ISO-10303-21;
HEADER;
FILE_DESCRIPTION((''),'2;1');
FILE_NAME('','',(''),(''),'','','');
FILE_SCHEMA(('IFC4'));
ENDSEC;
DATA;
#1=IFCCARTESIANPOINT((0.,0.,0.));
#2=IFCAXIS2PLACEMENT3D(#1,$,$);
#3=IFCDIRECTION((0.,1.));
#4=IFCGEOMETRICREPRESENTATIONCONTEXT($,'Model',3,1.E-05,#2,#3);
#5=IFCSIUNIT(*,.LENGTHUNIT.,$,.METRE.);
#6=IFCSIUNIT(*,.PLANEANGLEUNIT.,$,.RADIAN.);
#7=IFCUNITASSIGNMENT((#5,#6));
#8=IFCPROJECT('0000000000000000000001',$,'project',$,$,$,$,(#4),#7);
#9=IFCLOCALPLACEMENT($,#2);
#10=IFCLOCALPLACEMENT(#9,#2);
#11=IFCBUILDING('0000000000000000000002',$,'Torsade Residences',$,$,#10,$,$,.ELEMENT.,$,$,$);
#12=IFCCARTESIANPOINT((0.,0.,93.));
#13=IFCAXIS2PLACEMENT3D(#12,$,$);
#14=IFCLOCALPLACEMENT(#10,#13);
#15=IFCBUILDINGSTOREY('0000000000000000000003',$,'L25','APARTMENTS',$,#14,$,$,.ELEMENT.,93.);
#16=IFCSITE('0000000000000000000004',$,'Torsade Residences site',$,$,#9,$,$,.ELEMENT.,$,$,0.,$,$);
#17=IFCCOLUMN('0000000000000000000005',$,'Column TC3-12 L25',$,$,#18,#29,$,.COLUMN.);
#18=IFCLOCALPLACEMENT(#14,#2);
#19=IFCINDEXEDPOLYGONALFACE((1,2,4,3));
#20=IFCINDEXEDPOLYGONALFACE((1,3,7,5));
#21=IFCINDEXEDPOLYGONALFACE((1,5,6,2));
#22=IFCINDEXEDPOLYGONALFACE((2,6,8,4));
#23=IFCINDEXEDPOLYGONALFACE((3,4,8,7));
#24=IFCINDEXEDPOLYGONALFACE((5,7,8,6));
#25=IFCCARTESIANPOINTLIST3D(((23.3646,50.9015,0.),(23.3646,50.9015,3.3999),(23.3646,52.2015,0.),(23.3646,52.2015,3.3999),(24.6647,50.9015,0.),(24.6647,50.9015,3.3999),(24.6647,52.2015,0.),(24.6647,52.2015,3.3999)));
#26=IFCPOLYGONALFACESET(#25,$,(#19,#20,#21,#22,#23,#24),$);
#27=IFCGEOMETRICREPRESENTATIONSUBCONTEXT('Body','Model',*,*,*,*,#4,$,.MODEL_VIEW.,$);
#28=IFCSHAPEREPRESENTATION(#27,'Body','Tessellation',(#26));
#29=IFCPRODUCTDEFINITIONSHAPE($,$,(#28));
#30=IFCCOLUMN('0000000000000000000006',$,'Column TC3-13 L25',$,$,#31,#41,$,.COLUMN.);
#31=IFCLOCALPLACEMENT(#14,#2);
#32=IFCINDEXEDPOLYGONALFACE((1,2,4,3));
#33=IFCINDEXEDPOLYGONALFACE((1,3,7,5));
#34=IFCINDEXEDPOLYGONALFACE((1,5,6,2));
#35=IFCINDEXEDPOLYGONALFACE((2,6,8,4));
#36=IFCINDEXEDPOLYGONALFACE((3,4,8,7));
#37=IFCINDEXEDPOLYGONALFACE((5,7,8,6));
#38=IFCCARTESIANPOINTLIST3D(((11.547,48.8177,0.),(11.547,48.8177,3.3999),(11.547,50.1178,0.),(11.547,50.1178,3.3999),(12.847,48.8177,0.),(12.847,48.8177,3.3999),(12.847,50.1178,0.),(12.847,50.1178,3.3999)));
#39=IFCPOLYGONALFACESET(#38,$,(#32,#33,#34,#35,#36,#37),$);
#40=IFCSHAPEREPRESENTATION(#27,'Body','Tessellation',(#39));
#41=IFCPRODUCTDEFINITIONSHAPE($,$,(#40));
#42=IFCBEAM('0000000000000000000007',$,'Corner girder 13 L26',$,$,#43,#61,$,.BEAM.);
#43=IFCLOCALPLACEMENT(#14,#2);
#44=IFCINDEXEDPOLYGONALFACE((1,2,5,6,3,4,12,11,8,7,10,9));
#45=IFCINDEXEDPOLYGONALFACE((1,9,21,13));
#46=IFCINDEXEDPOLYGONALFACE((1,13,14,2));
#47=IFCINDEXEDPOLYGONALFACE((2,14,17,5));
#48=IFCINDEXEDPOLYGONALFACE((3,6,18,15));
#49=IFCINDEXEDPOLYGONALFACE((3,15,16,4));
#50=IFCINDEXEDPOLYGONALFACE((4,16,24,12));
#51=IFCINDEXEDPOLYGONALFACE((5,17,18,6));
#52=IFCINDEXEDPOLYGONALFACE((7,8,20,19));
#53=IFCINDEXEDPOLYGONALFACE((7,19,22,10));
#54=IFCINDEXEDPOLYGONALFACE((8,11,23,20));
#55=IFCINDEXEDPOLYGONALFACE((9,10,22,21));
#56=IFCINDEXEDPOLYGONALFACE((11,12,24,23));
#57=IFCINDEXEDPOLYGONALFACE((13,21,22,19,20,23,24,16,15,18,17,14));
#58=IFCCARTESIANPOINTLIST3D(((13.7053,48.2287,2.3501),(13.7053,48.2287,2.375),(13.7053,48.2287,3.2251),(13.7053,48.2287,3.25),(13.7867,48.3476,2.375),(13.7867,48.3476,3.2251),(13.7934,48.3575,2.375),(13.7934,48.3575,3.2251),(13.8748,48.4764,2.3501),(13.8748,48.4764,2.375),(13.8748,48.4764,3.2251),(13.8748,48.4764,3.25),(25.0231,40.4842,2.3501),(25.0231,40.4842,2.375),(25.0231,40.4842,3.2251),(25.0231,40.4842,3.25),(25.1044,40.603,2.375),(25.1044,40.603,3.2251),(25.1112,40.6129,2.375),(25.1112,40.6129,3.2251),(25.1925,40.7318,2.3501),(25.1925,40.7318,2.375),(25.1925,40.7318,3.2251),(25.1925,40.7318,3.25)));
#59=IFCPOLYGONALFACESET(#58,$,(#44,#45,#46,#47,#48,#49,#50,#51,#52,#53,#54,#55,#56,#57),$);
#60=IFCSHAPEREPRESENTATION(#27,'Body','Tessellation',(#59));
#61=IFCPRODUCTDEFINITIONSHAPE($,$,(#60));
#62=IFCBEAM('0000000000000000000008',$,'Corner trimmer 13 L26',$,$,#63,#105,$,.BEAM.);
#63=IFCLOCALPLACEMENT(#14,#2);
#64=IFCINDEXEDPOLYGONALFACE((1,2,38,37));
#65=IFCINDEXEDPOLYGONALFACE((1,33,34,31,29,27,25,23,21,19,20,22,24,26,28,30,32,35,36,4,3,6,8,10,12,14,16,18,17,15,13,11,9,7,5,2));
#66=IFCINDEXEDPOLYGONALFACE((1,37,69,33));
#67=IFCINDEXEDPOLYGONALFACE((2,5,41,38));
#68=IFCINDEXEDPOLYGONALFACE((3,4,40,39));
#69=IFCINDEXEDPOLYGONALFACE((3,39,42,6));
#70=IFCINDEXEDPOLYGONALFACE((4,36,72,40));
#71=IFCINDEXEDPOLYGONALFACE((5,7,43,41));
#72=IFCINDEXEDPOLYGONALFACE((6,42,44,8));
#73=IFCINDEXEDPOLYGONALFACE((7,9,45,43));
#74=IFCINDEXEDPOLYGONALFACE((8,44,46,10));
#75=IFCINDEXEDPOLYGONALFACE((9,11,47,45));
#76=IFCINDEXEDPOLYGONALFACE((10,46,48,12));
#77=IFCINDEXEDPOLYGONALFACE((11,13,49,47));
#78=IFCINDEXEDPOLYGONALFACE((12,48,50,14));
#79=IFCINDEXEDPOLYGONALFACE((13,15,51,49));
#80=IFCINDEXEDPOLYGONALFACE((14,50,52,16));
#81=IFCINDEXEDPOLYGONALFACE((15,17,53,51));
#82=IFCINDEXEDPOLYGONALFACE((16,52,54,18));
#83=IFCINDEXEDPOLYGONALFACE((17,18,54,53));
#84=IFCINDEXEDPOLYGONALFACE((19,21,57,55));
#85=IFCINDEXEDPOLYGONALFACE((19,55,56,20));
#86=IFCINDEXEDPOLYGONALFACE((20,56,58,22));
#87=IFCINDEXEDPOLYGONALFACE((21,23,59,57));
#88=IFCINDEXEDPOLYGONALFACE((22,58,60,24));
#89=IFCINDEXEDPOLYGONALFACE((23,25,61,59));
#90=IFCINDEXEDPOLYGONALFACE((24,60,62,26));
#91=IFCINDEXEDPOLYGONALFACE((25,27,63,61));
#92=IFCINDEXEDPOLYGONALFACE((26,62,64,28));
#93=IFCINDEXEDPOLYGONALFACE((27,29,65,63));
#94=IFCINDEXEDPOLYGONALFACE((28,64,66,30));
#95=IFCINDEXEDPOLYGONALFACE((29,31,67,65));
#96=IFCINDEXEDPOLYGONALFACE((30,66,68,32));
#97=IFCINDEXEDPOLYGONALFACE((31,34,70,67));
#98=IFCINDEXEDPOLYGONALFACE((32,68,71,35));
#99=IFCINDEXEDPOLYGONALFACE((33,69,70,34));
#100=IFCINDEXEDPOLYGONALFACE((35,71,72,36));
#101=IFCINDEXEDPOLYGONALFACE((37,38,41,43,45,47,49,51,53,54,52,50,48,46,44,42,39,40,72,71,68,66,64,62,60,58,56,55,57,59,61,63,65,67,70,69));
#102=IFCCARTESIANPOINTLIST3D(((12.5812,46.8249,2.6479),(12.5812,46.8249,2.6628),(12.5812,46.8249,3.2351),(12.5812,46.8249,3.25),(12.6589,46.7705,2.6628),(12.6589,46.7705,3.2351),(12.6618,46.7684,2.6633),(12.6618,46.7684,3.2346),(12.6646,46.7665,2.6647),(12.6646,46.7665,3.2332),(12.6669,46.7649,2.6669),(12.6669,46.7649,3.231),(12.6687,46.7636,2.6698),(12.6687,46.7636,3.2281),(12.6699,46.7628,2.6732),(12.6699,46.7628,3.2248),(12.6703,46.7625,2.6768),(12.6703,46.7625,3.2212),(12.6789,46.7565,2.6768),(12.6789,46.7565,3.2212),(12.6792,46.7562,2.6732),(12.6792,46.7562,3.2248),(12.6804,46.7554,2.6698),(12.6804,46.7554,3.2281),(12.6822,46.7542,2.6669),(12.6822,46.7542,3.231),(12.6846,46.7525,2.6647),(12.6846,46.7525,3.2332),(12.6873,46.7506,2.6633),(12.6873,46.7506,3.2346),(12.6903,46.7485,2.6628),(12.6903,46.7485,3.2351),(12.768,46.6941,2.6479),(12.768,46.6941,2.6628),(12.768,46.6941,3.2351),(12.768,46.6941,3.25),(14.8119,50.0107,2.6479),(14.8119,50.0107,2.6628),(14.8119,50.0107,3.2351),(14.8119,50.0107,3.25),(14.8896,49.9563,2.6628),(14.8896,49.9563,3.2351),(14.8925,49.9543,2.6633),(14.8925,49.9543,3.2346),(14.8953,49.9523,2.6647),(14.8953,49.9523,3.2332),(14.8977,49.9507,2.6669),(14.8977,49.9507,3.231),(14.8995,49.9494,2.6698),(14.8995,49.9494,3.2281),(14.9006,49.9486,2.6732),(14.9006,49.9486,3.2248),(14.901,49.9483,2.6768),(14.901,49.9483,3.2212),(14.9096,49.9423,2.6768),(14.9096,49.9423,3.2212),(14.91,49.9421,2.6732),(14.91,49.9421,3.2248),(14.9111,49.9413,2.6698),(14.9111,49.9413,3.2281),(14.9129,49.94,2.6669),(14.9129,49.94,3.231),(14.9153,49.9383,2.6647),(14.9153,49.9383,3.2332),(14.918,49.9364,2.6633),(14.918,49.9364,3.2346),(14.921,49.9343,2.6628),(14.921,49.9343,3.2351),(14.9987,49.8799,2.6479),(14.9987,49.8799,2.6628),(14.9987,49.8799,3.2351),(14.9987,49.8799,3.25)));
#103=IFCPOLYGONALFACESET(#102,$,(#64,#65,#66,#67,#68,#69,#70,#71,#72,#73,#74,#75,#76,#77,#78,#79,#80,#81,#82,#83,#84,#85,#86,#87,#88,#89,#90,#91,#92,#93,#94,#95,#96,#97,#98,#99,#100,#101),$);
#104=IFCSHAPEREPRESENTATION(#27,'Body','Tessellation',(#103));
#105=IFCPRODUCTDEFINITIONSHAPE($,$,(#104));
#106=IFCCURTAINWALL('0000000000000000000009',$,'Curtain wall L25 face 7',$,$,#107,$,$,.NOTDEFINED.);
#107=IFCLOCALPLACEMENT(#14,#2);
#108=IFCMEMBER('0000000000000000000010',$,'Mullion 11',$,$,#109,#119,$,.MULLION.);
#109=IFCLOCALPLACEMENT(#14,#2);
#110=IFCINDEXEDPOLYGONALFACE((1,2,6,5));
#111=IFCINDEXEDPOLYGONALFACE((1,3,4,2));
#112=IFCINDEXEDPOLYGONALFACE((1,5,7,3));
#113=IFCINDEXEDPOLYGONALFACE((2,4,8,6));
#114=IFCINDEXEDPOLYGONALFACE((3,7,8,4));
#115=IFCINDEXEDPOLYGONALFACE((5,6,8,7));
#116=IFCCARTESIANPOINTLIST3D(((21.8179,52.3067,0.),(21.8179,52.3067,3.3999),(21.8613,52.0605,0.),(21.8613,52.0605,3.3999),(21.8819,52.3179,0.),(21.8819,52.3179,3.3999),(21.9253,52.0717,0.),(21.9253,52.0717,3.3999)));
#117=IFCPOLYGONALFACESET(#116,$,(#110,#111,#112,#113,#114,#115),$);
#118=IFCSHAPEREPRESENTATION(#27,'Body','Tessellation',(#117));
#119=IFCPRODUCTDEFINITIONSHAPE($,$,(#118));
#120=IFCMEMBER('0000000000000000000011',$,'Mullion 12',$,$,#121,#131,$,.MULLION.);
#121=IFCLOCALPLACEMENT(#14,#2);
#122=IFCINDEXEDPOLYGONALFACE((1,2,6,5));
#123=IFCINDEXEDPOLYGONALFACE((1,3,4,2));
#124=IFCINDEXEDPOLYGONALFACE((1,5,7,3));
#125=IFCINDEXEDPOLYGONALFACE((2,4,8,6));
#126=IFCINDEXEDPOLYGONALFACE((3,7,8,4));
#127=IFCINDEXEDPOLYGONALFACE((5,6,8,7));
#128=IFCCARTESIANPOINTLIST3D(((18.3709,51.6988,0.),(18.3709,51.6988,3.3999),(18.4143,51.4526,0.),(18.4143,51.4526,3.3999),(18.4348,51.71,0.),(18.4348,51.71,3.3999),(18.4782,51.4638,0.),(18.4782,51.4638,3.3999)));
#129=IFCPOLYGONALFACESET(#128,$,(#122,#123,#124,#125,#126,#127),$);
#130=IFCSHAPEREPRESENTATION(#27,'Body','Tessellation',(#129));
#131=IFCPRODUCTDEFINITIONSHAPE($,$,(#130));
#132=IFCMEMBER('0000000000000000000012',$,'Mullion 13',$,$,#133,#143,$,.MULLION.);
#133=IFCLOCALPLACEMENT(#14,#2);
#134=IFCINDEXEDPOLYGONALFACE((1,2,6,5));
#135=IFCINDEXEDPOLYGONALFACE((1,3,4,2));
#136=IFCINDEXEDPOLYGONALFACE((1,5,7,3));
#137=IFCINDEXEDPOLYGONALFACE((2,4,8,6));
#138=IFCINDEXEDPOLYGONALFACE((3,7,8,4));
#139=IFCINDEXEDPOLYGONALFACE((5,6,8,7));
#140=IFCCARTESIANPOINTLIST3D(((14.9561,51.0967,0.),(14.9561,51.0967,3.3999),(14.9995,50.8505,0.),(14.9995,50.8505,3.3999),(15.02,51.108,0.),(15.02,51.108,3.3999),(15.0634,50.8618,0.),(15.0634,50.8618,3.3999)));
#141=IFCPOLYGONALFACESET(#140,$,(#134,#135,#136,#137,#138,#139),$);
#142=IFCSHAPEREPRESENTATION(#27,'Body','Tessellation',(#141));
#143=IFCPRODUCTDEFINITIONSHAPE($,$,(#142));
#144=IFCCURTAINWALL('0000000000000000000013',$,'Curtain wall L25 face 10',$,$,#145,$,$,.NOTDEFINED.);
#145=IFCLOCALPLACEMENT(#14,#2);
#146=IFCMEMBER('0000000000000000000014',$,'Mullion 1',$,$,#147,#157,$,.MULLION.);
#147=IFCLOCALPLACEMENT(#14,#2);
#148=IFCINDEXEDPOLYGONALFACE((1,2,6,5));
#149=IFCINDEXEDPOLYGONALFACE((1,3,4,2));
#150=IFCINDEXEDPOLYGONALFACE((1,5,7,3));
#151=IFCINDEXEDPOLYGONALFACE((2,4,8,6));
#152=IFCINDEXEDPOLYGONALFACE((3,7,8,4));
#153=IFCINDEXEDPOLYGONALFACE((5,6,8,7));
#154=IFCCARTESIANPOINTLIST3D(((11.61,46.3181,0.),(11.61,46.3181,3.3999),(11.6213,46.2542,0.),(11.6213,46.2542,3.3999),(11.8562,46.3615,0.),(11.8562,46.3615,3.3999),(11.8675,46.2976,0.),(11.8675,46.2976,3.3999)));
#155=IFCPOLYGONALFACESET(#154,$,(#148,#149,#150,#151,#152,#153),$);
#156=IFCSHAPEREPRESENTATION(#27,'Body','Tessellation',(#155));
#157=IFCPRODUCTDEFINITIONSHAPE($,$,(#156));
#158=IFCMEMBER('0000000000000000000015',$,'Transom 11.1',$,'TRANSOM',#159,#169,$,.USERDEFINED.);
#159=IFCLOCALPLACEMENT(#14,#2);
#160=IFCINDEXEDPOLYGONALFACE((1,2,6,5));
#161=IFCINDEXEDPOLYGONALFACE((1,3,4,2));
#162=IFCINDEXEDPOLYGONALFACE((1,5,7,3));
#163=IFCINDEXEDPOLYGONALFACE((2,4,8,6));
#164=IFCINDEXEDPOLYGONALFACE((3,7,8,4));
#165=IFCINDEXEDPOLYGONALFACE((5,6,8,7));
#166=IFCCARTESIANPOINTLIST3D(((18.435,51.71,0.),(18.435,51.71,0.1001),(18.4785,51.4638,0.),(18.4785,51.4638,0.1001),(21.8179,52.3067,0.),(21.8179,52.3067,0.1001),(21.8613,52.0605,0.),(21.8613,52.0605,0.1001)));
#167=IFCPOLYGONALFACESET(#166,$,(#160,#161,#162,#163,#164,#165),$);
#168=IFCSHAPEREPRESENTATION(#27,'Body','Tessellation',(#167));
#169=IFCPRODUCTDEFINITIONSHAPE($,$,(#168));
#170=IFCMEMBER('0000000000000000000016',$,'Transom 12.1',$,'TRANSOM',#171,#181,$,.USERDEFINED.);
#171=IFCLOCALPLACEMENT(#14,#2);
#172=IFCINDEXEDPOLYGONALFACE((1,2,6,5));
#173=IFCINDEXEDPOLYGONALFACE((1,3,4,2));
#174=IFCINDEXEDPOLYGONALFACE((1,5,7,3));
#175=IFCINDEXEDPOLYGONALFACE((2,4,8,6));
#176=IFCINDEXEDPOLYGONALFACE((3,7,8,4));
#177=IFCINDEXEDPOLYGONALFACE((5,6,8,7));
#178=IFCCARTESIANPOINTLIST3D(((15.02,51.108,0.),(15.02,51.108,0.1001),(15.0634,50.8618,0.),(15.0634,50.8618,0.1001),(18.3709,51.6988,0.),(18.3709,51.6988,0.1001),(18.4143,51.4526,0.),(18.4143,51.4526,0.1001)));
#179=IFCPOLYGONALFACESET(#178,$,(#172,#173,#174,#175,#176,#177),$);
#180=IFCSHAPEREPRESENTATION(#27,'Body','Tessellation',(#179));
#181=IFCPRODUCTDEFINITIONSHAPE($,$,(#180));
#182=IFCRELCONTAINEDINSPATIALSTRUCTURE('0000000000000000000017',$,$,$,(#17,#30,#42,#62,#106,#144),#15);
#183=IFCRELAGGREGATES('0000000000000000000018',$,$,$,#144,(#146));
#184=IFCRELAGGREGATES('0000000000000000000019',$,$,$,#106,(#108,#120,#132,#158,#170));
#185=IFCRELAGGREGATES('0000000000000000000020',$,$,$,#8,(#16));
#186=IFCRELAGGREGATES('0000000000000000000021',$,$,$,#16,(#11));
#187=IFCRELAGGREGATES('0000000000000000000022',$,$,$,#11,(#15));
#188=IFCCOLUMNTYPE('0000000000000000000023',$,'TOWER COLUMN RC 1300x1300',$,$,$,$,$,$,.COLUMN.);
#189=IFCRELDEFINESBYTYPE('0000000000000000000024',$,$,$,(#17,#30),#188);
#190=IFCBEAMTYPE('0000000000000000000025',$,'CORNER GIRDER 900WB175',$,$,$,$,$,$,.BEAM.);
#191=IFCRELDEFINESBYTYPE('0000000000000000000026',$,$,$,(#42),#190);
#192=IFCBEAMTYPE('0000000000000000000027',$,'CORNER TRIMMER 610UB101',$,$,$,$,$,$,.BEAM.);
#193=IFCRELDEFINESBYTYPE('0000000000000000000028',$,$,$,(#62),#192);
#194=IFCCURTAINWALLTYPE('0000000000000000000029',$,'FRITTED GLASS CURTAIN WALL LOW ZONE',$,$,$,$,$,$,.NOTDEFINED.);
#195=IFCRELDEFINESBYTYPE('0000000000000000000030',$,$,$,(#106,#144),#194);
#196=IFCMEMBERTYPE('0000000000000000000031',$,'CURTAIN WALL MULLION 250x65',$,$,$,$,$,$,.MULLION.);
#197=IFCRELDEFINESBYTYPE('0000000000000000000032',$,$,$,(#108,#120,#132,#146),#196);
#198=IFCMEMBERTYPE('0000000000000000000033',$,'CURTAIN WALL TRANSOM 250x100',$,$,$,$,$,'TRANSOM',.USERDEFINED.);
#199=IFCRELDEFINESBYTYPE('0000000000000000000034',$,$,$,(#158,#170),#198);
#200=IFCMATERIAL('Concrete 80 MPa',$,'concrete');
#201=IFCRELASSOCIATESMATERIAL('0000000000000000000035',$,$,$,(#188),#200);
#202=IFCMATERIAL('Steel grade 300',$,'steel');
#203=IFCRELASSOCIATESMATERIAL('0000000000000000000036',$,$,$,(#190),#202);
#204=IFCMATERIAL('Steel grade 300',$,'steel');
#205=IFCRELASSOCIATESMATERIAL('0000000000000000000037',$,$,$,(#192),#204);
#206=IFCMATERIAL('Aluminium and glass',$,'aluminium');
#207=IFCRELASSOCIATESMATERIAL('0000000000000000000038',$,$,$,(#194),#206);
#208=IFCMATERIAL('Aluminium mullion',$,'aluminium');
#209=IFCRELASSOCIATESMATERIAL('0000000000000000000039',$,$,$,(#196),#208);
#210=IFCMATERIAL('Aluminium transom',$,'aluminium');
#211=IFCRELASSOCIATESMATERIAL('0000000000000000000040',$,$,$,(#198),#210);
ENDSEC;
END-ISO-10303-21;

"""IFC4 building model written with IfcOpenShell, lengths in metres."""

from ifc_helpers import new_model, si_unit, direction, frame, origin, origin_2d, place, context, subcontext, project, spatial, rectangle, i_section, extrude, material, material_profile, profile_set, type_object, element, aggregate, save


model = new_model("IFC4")

# Units and contexts
model_context = context("Model", 3, precision=1e-05, world=origin(), true_north=direction((0.0, 1.0)))
body_context = subcontext(model_context, "Body", "Model", "MODEL_VIEW")
ifc_project = project(units=[si_unit("LENGTHUNIT", "METRE"), si_unit("PLANEANGLEUNIT", "RADIAN")], contexts=[model_context])

# Site, building, storey
site_placement = place(None, origin())
site = spatial("IfcSite", under=ifc_project, at=site_placement, Name="Torsade Residences site", CompositionType="ELEMENT", RefElevation=0.0)
building_placement = place(site_placement, origin())
building = spatial("IfcBuilding", under=site, at=building_placement, Name="Torsade Residences", CompositionType="ELEMENT")
storey_placement = place(building_placement, frame((0.0, 0.0, 93.0)))
storey = spatial("IfcBuildingStorey", under=building, at=storey_placement, Name="L25", Description="APARTMENTS", CompositionType="ELEMENT", Elevation=93.0)

# Columns
ifc_material_1 = material(Name="Concrete 80 MPa", Category="concrete")
ifc_material_profile_1 = material_profile(ifc_material_1, rectangle(XDim=1.3, YDim=1.3, at=origin_2d()), Name="RC 1300x1300")
ifc_profile_set_1 = profile_set([ifc_material_profile_1], Name="Concrete 80 MPa")
column_type = type_object("IfcColumnType", Name="TOWER COLUMN RC 1300x1300", PredefinedType="COLUMN", material=ifc_profile_set_1)
for number, where, z_axis, x_axis, name in (
    (1, (24.0146, 51.5515, 0.0), (0.0, 0.0, 1.0), (1.0, 0.0, 0.0), "Column TC3-12 L25"),
    (2, (12.197, 49.4678, 0.0), (0.0, 0.0, 1.0), (1.0, 0.0, 0.0), "Column TC3-13 L25"),
):
    element("IfcColumn", number, at=place(storey_placement, frame(where, z_axis=z_axis, x_axis=x_axis)), inside=storey, type_object=column_type, Name=name, PredefinedType="COLUMN", context=body_context, shape_type="SweptSolid", body=[
        extrude(rectangle(XDim=1.3, YDim=1.3, at=origin_2d()), origin(), (0.0, 0.0, 1.0), 3.3999),
    ])

# Beams
ifc_material_2 = material(Name="Steel grade 300", Category="steel")
ifc_material_profile_2 = material_profile(ifc_material_2, i_section(OverallWidth=0.3, OverallDepth=0.8999, WebThickness=0.012, FlangeThickness=0.0249, at=origin_2d()), Name="900WB175")
ifc_profile_set_2 = profile_set([ifc_material_profile_2], Name="Steel grade 300")
beam_type_1 = type_object("IfcBeamType", Name="CORNER GIRDER 900WB175", PredefinedType="BEAM", material=ifc_profile_set_2)
beam_1_placement = place(storey_placement, frame((13.79, 48.3525, 2.8), z_axis=(0.825279, -0.564725, 0.0), x_axis=(0.564725, 0.825279, 0.0)))
element("IfcBeam", 3, at=beam_1_placement, inside=storey, type_object=beam_type_1, Name="Corner girder 13 L26", PredefinedType="BEAM", context=body_context, shape_type="SweptSolid", body=[
    extrude(i_section(OverallWidth=0.3, OverallDepth=0.8999, WebThickness=0.012, FlangeThickness=0.0249, at=origin_2d()), origin(), (0.0, 0.0, 1.0), 13.7139),
])
ifc_material_3 = material(Name="Steel grade 300", Category="steel")
ifc_material_profile_3 = material_profile(ifc_material_3, i_section(OverallWidth=0.228, OverallDepth=0.6021, WebThickness=0.0105, FlangeThickness=0.0149, FilletRadius=0.0139, at=origin_2d()), Name="610UB101")
ifc_profile_set_3 = profile_set([ifc_material_profile_3], Name="Steel grade 300")
beam_type_2 = type_object("IfcBeamType", Name="CORNER TRIMMER 610UB101", PredefinedType="BEAM", material=ifc_profile_set_3)
beam_2_placement = place(storey_placement, frame((12.6746, 46.7595, 2.949), z_axis=(0.573576, 0.819152, 0.0), x_axis=(-0.819152, 0.573576, 0.0)))
element("IfcBeam", 4, at=beam_2_placement, inside=storey, type_object=beam_type_2, Name="Corner trimmer 13 L26", PredefinedType="BEAM", context=body_context, shape_type="SweptSolid", body=[
    extrude(i_section(OverallWidth=0.228, OverallDepth=0.6021, WebThickness=0.0105, FlangeThickness=0.0149, FilletRadius=0.0139, at=origin_2d()), origin(), (0.0, 0.0, 1.0), 3.8892),
])

# Curtain wall, members
ifc_material_4 = material(Name="Aluminium and glass", Category="aluminium")
curtain_wall_type = type_object("IfcCurtainWallType", Name="FRITTED GLASS CURTAIN WALL LOW ZONE", PredefinedType="NOTDEFINED", material=ifc_material_4)
curtain_wall_1_placement = place(storey_placement, origin())
curtain_wall_1 = element("IfcCurtainWall", 5, at=curtain_wall_1_placement, inside=storey, type_object=curtain_wall_type, Name="Curtain wall L25 face 7", PredefinedType="NOTDEFINED")
ifc_material_5 = material(Name="Aluminium mullion", Category="aluminium")
ifc_material_profile_4 = material_profile(ifc_material_5, rectangle(XDim=0.25, YDim=0.0649, at=origin_2d()), Name="CURTAIN WALL MULLION 250x65")
ifc_profile_set_4 = profile_set([ifc_material_profile_4], Name="Aluminium mullion")
member_type_1 = type_object("IfcMemberType", Name="CURTAIN WALL MULLION 250x65", PredefinedType="MULLION", material=ifc_profile_set_4)
member_1_placement = place(storey_placement, frame((21.8716, 52.1892, 0.0), z_axis=(0.0, 0.0, 1.0), x_axis=(0.173648, -0.984808, 0.0)))
member_1 = element("IfcMember", 6, at=member_1_placement, type_object=member_type_1, Name="Mullion 11", PredefinedType="MULLION", context=body_context, shape_type="SweptSolid", body=[
    extrude(rectangle(XDim=0.25, YDim=0.0649, at=origin_2d()), origin(), (0.0, 0.0, 1.0), 3.3999),
])
member_2_placement = place(storey_placement, frame((18.4246, 51.5813, 0.0), z_axis=(0.0, 0.0, 1.0), x_axis=(0.173648, -0.984808, 0.0)))
member_2 = element("IfcMember", 7, at=member_2_placement, type_object=member_type_1, Name="Mullion 12", PredefinedType="MULLION", context=body_context, shape_type="SweptSolid", body=[
    extrude(rectangle(XDim=0.25, YDim=0.0649, at=origin_2d()), origin(), (0.0, 0.0, 1.0), 3.3999),
])
member_3_placement = place(storey_placement, frame((15.0098, 50.9792, 0.0), z_axis=(0.0, 0.0, 1.0), x_axis=(0.173648, -0.984808, 0.0)))
member_3 = element("IfcMember", 8, at=member_3_placement, type_object=member_type_1, Name="Mullion 13", PredefinedType="MULLION", context=body_context, shape_type="SweptSolid", body=[
    extrude(rectangle(XDim=0.25, YDim=0.0649, at=origin_2d()), origin(), (0.0, 0.0, 1.0), 3.3999),
])

# Curtain wall, member
curtain_wall_2_placement = place(storey_placement, origin())
curtain_wall_2 = element("IfcCurtainWall", 9, at=curtain_wall_2_placement, inside=storey, type_object=curtain_wall_type, Name="Curtain wall L25 face 10", PredefinedType="NOTDEFINED")
member_4_placement = place(storey_placement, frame((11.7388, 46.3079, 0.0), z_axis=(0.0, 0.0, 1.0), x_axis=(0.984808, 0.173648, 0.0)))
member_4 = element("IfcMember", 10, at=member_4_placement, type_object=member_type_1, Name="Mullion 1", PredefinedType="MULLION", context=body_context, shape_type="SweptSolid", body=[
    extrude(rectangle(XDim=0.25, YDim=0.0649, at=origin_2d()), origin(), (0.0, 0.0, 1.0), 3.3999),
])

# Members
ifc_material_6 = material(Name="Aluminium transom", Category="aluminium")
ifc_material_profile_5 = material_profile(ifc_material_6, rectangle(XDim=0.25, YDim=0.1001, at=origin_2d()), Name="CURTAIN WALL TRANSOM 250x100")
ifc_profile_set_5 = profile_set([ifc_material_profile_5], Name="Aluminium transom")
member_type_2 = type_object("IfcMemberType", Name="CURTAIN WALL TRANSOM 250x100", ElementType="TRANSOM", PredefinedType="USERDEFINED", material=ifc_profile_set_5)
member_5_placement = place(storey_placement, frame((21.8396, 52.1836, 0.05), z_axis=(-0.984798, -0.173704, 0.0), x_axis=(0.173704, -0.984798, 0.0)))
member_5 = element("IfcMember", 11, at=member_5_placement, type_object=member_type_2, Name="Transom 11.1", ObjectType="TRANSOM", PredefinedType="USERDEFINED", context=body_context, shape_type="SweptSolid", body=[
    extrude(rectangle(XDim=0.25, YDim=0.1001, at=origin_2d()), origin(), (0.0, 0.0, 1.0), 3.4351),
])
member_6_placement = place(storey_placement, frame((18.3926, 51.5757, 0.05), z_axis=(-0.984809, -0.173642, 0.0), x_axis=(0.173642, -0.984809, 0.0)))
member_6 = element("IfcMember", 12, at=member_6_placement, type_object=member_type_2, Name="Transom 12.1", ObjectType="TRANSOM", PredefinedType="USERDEFINED", context=body_context, shape_type="SweptSolid", body=[
    extrude(rectangle(XDim=0.25, YDim=0.1001, at=origin_2d()), origin(), (0.0, 0.0, 1.0), 3.4026),
])

aggregate(curtain_wall_2, [member_4])
aggregate(curtain_wall_1, [member_1, member_2, member_3, member_5, member_6])

save(model, "model.ifc")
